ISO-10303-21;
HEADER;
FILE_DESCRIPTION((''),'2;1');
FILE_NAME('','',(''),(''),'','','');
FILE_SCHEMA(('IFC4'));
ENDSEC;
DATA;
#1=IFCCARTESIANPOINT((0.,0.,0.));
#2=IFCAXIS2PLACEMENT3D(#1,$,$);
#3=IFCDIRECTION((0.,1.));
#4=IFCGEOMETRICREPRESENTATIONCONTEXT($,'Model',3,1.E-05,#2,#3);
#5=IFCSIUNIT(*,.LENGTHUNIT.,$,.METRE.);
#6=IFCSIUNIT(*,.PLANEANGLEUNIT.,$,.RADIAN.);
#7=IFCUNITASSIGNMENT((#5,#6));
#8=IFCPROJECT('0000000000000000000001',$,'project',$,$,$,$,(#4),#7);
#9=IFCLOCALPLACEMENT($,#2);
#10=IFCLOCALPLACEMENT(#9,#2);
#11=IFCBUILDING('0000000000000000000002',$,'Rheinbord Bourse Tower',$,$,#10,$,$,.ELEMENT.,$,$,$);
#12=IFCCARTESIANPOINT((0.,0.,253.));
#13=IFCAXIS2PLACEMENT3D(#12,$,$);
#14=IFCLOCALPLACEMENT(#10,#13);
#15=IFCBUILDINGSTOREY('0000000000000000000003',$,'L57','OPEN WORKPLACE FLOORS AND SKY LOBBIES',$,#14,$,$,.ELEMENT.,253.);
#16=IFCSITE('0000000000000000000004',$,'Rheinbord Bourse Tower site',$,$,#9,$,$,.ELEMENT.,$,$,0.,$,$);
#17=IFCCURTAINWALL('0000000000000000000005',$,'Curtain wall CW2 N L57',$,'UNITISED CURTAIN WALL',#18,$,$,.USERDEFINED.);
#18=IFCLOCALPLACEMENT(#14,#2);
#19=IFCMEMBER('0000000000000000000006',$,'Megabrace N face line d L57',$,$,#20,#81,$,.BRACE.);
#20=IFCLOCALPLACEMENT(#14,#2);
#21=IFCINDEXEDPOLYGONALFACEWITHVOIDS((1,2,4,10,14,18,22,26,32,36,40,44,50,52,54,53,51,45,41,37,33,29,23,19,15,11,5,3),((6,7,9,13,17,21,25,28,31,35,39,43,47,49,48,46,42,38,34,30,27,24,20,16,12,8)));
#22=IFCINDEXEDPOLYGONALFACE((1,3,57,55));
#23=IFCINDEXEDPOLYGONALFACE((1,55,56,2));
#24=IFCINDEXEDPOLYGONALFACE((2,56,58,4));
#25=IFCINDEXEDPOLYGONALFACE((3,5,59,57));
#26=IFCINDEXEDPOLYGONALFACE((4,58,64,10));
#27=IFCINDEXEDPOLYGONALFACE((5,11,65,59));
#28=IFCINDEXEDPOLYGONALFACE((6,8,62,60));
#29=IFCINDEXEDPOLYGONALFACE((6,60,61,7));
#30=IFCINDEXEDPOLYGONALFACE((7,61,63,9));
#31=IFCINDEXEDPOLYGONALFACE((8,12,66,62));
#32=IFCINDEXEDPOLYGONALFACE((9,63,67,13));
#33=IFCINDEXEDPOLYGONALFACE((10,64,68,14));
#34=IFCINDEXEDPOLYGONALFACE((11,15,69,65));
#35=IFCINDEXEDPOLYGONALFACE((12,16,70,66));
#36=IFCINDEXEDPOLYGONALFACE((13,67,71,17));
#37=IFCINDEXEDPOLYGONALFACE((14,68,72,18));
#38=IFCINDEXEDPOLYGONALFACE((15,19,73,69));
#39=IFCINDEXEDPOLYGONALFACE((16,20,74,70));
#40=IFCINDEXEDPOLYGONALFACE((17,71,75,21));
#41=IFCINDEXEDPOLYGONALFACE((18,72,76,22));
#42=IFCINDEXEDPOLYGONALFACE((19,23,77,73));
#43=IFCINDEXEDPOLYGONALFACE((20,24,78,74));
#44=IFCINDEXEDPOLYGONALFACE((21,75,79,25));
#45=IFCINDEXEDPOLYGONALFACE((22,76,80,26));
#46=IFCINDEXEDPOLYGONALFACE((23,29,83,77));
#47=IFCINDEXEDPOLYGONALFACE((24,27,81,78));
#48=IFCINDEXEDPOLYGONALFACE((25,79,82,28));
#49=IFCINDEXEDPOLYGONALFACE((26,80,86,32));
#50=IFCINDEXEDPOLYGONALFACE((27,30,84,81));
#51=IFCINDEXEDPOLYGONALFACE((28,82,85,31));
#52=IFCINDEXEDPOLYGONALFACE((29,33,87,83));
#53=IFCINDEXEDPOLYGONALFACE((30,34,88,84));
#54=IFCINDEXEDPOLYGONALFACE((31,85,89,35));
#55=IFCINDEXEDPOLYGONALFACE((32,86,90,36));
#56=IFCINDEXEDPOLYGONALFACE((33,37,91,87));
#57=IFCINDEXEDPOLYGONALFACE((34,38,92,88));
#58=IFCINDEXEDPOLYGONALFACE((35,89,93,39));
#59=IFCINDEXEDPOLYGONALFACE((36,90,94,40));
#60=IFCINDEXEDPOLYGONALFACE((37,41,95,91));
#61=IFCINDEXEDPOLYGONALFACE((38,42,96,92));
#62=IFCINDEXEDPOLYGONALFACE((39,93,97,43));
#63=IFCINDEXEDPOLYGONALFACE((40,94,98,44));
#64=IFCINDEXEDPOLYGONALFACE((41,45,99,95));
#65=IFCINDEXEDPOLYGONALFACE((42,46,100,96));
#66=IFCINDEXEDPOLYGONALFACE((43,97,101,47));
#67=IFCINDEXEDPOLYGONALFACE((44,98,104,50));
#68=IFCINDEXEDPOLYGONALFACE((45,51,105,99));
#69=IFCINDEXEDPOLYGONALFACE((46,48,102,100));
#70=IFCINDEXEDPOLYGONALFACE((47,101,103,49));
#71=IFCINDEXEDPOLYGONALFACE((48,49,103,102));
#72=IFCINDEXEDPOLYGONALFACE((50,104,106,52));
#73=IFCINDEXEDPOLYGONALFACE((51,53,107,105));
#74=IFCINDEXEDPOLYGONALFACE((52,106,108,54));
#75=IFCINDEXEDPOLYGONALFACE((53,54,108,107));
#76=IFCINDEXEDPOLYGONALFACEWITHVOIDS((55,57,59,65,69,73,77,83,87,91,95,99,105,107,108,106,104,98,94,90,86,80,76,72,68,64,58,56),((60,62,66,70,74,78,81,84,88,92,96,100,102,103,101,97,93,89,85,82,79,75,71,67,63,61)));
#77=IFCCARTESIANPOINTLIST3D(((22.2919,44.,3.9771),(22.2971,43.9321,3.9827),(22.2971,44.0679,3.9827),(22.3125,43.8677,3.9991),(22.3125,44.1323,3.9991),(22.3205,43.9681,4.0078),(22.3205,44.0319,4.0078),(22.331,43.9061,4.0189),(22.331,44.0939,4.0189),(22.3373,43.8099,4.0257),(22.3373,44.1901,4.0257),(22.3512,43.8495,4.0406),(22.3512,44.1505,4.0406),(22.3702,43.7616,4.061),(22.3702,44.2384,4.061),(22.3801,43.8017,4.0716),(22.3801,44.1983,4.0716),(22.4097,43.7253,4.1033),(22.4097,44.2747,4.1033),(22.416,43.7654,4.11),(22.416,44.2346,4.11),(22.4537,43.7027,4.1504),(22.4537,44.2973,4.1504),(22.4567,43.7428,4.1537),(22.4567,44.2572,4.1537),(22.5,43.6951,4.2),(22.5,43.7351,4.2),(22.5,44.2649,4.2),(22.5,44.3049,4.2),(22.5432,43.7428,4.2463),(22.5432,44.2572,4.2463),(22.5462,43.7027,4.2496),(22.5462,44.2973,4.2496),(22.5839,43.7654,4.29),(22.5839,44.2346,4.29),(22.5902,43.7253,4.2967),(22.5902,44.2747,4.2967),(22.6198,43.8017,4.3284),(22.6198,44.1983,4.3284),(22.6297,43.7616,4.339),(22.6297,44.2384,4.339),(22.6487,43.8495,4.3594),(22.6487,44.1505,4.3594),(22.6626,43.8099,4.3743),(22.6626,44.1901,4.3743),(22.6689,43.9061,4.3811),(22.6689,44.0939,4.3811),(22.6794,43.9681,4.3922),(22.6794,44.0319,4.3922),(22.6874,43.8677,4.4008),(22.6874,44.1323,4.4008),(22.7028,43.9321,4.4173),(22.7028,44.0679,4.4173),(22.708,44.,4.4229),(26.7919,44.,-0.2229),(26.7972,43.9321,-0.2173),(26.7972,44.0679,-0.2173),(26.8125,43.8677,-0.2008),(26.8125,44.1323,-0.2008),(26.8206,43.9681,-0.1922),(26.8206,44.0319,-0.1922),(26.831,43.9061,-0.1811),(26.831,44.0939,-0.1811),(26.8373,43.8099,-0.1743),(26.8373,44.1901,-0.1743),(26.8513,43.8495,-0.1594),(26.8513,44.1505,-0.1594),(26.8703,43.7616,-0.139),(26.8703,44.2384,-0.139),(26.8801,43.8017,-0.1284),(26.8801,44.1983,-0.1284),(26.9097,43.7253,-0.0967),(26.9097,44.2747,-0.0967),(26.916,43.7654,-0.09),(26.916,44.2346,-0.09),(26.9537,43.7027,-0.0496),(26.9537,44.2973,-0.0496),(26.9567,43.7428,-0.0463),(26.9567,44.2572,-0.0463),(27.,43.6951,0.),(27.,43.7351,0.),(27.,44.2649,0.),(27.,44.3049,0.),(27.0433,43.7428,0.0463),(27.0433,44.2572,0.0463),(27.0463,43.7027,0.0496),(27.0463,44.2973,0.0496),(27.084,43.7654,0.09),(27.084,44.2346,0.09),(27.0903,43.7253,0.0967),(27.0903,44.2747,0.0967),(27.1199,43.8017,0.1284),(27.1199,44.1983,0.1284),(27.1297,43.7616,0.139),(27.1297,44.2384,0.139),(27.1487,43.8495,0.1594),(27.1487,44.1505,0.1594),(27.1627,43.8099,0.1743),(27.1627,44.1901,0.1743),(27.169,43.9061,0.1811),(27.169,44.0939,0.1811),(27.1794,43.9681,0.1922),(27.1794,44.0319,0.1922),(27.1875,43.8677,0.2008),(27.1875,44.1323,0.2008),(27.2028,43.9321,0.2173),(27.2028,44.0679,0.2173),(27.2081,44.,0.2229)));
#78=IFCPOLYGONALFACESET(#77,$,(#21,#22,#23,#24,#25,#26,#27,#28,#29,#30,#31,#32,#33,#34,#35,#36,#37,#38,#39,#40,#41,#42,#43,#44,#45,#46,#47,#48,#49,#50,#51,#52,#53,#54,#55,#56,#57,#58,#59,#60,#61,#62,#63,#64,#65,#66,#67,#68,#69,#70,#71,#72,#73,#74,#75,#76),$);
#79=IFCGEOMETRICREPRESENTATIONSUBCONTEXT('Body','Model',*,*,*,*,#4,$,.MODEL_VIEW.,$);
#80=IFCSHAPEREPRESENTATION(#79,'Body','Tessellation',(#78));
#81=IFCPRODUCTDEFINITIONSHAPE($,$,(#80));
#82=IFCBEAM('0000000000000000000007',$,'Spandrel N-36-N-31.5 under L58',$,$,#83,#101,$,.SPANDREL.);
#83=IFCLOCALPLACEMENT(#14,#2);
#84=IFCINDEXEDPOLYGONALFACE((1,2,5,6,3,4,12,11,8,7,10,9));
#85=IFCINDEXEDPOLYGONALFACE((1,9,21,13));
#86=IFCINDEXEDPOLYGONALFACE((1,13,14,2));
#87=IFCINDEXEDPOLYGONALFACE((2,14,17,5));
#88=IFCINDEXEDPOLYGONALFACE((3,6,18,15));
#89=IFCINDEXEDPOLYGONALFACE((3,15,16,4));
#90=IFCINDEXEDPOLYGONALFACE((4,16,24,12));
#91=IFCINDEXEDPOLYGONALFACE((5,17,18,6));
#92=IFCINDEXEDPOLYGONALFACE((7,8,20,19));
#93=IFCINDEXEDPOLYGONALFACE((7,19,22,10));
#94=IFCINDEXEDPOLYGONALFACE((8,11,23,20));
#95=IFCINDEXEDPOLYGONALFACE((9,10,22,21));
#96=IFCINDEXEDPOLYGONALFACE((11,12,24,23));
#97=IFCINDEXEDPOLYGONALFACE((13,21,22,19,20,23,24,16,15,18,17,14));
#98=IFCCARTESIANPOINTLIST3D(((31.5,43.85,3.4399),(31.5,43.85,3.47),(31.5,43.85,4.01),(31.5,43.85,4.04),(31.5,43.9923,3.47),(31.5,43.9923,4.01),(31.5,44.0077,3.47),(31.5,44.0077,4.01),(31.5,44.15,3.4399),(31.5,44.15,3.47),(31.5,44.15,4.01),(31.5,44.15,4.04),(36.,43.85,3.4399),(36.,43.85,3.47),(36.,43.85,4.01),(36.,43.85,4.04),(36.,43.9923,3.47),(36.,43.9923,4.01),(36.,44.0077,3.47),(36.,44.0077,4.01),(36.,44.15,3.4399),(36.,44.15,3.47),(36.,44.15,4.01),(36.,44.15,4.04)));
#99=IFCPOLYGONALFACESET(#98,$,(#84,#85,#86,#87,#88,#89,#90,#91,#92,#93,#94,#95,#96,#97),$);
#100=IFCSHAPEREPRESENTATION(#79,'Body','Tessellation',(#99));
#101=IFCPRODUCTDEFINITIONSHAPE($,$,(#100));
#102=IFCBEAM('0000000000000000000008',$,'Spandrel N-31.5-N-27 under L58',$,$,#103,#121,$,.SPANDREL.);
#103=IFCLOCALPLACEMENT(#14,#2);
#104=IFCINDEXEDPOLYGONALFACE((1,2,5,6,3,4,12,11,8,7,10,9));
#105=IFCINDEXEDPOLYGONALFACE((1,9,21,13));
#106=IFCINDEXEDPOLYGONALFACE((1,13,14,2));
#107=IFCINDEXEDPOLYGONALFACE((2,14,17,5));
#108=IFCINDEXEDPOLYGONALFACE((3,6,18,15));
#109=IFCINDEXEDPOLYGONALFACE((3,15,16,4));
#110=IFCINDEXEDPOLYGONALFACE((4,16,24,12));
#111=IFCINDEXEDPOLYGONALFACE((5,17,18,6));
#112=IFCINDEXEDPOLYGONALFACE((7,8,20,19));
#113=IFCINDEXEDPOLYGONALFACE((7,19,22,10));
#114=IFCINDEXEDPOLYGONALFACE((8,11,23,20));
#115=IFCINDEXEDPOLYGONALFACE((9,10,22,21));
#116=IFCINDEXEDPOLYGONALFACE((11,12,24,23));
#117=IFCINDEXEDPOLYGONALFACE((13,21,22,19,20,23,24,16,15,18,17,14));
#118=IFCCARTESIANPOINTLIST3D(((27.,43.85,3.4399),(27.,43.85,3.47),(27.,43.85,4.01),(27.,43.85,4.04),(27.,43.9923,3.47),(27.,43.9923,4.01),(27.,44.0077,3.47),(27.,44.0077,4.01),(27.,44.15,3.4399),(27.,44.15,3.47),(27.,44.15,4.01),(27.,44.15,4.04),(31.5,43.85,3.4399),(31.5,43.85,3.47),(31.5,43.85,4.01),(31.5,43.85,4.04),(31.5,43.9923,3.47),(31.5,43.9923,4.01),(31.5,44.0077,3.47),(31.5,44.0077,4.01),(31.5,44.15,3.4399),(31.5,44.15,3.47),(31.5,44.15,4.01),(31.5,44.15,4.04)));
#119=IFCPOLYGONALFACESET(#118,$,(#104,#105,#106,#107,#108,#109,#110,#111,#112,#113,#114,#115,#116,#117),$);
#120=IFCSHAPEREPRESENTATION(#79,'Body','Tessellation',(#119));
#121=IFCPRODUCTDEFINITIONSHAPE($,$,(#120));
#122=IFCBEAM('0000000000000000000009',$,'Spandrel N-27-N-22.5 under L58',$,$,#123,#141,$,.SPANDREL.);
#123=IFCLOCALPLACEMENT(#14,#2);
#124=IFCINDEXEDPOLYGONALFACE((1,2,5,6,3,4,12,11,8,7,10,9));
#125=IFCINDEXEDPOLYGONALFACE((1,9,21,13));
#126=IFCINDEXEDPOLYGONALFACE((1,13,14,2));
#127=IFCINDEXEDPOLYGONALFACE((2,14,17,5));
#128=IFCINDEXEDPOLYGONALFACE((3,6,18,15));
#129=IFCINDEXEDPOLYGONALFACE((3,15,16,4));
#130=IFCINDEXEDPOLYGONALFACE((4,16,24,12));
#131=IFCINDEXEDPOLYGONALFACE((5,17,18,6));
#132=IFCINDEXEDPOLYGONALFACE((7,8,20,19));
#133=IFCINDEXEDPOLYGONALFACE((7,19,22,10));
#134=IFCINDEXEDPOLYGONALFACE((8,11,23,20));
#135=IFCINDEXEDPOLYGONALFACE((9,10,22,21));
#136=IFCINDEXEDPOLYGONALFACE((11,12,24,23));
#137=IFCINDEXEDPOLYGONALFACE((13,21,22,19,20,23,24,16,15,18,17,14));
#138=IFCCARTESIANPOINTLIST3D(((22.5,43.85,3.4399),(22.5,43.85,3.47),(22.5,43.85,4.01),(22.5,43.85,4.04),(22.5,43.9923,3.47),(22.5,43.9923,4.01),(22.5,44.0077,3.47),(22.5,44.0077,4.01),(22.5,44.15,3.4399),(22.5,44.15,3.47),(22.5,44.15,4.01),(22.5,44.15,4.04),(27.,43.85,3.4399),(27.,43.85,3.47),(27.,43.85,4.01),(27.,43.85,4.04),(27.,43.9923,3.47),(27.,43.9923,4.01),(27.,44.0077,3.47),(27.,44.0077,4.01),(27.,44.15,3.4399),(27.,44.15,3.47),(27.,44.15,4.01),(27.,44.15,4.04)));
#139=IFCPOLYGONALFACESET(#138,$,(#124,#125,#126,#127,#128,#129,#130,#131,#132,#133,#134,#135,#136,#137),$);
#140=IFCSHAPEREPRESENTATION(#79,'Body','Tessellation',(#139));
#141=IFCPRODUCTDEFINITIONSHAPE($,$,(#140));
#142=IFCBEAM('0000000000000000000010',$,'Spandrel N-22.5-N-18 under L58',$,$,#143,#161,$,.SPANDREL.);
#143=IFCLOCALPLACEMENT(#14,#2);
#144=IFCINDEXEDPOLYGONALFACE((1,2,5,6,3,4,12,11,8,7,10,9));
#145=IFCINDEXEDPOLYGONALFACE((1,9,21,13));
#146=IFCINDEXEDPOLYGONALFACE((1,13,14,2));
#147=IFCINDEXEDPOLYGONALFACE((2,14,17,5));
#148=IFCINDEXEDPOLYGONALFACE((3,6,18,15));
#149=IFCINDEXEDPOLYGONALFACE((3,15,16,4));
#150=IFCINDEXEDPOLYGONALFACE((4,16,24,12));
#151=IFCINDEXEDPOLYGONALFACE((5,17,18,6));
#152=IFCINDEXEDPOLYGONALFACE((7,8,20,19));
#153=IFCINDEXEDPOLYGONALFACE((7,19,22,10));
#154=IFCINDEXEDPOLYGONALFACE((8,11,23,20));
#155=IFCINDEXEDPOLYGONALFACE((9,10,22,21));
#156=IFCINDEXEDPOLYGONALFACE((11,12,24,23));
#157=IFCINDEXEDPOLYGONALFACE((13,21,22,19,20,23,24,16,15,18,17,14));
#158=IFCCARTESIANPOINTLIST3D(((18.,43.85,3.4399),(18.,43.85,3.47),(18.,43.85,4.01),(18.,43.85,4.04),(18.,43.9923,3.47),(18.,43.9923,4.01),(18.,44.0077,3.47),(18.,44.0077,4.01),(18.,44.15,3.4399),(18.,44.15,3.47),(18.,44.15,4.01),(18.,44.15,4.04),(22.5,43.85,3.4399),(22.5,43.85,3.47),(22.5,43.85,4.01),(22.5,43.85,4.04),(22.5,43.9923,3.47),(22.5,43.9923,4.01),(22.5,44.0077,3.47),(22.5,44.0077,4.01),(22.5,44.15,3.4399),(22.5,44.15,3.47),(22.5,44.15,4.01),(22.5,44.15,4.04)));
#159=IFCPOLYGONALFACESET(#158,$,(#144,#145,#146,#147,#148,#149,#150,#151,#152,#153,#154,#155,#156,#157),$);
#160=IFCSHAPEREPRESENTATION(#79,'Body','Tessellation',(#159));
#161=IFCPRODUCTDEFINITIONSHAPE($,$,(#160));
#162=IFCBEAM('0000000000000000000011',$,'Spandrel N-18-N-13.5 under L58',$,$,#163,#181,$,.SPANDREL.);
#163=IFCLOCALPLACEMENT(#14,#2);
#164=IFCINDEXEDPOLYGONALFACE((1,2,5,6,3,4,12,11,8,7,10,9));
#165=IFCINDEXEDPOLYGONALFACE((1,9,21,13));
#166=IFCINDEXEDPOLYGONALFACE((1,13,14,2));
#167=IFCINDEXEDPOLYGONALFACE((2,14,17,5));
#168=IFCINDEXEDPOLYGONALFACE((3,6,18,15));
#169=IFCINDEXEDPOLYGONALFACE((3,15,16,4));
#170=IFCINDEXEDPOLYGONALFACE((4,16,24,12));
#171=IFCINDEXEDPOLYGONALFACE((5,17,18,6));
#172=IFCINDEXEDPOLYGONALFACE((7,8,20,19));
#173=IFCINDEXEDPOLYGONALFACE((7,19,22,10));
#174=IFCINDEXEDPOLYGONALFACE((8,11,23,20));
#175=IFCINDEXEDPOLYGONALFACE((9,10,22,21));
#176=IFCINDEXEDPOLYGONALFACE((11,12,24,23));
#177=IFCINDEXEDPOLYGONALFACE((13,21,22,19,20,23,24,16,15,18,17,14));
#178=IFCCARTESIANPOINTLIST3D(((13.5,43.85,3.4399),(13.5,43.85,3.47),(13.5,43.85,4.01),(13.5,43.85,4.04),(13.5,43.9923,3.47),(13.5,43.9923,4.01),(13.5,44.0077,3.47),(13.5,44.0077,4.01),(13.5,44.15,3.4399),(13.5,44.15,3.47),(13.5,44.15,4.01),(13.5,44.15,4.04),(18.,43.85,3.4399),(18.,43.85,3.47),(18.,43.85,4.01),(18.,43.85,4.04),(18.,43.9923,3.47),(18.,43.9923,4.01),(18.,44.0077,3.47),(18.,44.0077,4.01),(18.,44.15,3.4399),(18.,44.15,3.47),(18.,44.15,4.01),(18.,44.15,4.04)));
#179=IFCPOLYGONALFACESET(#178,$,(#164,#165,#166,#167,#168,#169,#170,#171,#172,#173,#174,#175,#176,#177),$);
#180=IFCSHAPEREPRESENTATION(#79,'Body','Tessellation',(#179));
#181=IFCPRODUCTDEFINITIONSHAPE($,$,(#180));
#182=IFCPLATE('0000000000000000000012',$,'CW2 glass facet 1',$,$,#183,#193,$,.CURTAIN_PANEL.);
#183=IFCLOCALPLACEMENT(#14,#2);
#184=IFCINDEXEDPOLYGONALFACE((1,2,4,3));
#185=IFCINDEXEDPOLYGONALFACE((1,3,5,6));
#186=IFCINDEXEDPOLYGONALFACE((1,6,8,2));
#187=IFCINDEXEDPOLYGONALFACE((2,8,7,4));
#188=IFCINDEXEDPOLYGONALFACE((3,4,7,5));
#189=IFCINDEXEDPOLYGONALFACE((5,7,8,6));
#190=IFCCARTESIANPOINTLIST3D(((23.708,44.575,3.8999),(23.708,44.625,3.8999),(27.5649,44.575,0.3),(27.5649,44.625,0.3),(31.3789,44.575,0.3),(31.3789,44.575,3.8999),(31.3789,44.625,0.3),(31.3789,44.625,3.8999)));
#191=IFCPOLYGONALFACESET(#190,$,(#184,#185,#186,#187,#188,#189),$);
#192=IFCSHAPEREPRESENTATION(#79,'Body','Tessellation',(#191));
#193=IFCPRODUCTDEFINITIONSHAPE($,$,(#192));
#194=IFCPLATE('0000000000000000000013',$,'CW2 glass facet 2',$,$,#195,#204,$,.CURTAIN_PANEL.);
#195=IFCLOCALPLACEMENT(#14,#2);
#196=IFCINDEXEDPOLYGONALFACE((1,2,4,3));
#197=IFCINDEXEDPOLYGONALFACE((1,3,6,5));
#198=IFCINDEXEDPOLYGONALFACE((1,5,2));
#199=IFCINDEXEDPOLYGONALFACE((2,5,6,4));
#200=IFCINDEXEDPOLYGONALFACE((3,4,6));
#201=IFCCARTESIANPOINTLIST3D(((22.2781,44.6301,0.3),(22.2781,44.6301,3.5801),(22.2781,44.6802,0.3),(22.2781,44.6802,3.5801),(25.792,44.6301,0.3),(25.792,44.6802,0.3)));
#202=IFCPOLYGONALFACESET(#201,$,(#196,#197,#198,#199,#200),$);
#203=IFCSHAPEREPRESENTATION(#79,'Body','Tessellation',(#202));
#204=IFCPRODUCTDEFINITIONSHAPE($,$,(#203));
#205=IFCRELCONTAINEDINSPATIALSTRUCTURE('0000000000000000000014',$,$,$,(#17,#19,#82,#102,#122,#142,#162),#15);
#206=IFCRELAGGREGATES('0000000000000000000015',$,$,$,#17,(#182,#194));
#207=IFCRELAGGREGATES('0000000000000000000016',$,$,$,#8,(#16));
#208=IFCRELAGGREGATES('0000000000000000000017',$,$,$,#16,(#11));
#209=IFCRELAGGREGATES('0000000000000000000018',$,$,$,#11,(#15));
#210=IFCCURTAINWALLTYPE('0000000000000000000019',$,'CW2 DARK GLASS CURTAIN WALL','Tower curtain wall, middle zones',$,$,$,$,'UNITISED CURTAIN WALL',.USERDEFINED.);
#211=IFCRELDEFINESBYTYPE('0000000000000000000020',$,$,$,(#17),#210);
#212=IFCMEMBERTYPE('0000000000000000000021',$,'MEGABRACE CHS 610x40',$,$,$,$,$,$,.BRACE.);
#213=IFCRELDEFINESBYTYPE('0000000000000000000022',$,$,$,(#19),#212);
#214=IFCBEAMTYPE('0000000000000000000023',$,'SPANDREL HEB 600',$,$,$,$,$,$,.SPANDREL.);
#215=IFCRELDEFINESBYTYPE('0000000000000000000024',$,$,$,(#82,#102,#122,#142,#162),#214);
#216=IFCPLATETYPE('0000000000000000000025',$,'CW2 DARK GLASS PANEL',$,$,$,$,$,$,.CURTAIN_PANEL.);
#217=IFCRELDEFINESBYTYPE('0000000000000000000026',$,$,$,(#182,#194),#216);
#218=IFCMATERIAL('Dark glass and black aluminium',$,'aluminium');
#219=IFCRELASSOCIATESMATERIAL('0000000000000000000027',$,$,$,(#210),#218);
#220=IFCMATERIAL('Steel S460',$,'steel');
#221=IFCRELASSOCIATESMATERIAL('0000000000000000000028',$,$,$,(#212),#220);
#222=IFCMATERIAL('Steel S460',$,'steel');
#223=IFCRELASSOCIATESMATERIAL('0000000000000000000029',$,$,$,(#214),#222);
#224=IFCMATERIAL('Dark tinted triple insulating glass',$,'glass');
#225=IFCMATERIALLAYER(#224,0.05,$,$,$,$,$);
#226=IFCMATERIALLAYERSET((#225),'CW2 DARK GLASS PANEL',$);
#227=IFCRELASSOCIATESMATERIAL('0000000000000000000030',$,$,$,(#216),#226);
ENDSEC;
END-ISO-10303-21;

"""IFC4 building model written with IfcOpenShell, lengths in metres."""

from ifc_helpers import new_model, si_unit, direction, frame, origin, origin_2d, place, context, subcontext, project, spatial, polyline, hollow_circle, i_section, outline, extrude, material, layer, layer_set, material_profile, profile_set, type_object, element, aggregate, save


model = new_model("IFC4")

# Units and contexts
model_context = context("Model", 3, precision=1e-05, world=origin(), true_north=direction((0.0, 1.0)))
body_context = subcontext(model_context, "Body", "Model", "MODEL_VIEW")
ifc_project = project(units=[si_unit("LENGTHUNIT", "METRE"), si_unit("PLANEANGLEUNIT", "RADIAN")], contexts=[model_context])

# Site, building, storey
site_placement = place(None, origin())
site = spatial("IfcSite", under=ifc_project, at=site_placement, Name="Rheinbord Bourse Tower site", CompositionType="ELEMENT", RefElevation=0.0)
building_placement = place(site_placement, origin())
building = spatial("IfcBuilding", under=site, at=building_placement, Name="Rheinbord Bourse Tower", CompositionType="ELEMENT")
storey_placement = place(building_placement, frame((0.0, 0.0, 253.0)))
storey = spatial("IfcBuildingStorey", under=building, at=storey_placement, Name="L57", Description="OPEN WORKPLACE FLOORS AND SKY LOBBIES", CompositionType="ELEMENT", Elevation=253.0)

# Curtain wall
ifc_material_1 = material(Name="Dark glass and black aluminium", Category="aluminium")
curtain_wall_type = type_object("IfcCurtainWallType", Name="CW2 DARK GLASS CURTAIN WALL", Description="Tower curtain wall, middle zones", ElementType="UNITISED CURTAIN WALL", PredefinedType="USERDEFINED", material=ifc_material_1)
curtain_wall_placement = place(storey_placement, origin())
curtain_wall = element("IfcCurtainWall", 1, at=curtain_wall_placement, inside=storey, type_object=curtain_wall_type, Name="Curtain wall CW2 N L57", ObjectType="UNITISED CURTAIN WALL", PredefinedType="USERDEFINED")

# Member
ifc_material_2 = material(Name="Steel S460", Category="steel")
ifc_material_profile_1 = material_profile(ifc_material_2, hollow_circle(Radius=0.3049, WallThickness=0.04, at=origin_2d()), Name="CHS 610x40")
ifc_profile_set_1 = profile_set([ifc_material_profile_1], Name="Steel S460")
member_type_1 = type_object("IfcMemberType", Name="MEGABRACE CHS 610x40", PredefinedType="BRACE", material=ifc_profile_set_1)
member_1_placement = place(storey_placement, frame((27.0, 44.0, 0.0), z_axis=(-0.731059, 0.0, 0.682314), x_axis=(0.0, -1.0, 0.0)))
element("IfcMember", 2, at=member_1_placement, inside=storey, type_object=member_type_1, Name="Megabrace N face line d L57", PredefinedType="BRACE", context=body_context, shape_type="SweptSolid", body=[
    extrude(hollow_circle(Radius=0.3049, WallThickness=0.04, at=origin_2d()), origin(), (0.0, 0.0, 1.0), 6.1555),
])

# Beams
ifc_material_3 = material(Name="Steel S460", Category="steel")
ifc_material_profile_2 = material_profile(ifc_material_3, i_section(OverallWidth=0.3, OverallDepth=0.6001, WebThickness=0.0154, FlangeThickness=0.03, at=origin_2d()), Name="HEB 600")
ifc_profile_set_2 = profile_set([ifc_material_profile_2], Name="Steel S460")
beam_type_1 = type_object("IfcBeamType", Name="SPANDREL HEB 600", PredefinedType="SPANDREL", material=ifc_profile_set_2)
for number, where, z_axis, x_axis, name in (
    (3, (36.0, 44.0, 3.74), (-1.0, 0.0, 0.0), (0.0, -1.0, 0.0), "Spandrel N-36-N-31.5 under L58"),
    (4, (31.5, 44.0, 3.74), (-1.0, 0.0, 0.0), (0.0, -1.0, 0.0), "Spandrel N-31.5-N-27 under L58"),
    (5, (27.0, 44.0, 3.74), (-1.0, 0.0, 0.0), (0.0, -1.0, 0.0), "Spandrel N-27-N-22.5 under L58"),
    (6, (22.5, 44.0, 3.74), (-1.0, 0.0, 0.0), (0.0, -1.0, 0.0), "Spandrel N-22.5-N-18 under L58"),
    (7, (18.0, 44.0, 3.74), (-1.0, 0.0, 0.0), (0.0, -1.0, 0.0), "Spandrel N-18-N-13.5 under L58"),
):
    element("IfcBeam", number, at=place(storey_placement, frame(where, z_axis=z_axis, x_axis=x_axis)), inside=storey, type_object=beam_type_1, Name=name, PredefinedType="SPANDREL", context=body_context, shape_type="SweptSolid", body=[
        extrude(i_section(OverallWidth=0.3, OverallDepth=0.6001, WebThickness=0.0154, FlangeThickness=0.03, at=origin_2d()), origin(), (0.0, 0.0, 1.0), 4.5),
    ])

# Plates
ifc_material_4 = material(Name="Dark tinted triple insulating glass", Category="glass")
ifc_layer = layer(ifc_material_4, 0.05)
ifc_layer_set = layer_set([ifc_layer], Name="CW2 DARK GLASS PANEL")
plate_type = type_object("IfcPlateType", Name="CW2 DARK GLASS PANEL", PredefinedType="CURTAIN_PANEL", material=ifc_layer_set)
plate_1_placement = place(storey_placement, frame((31.3789, 44.625, 0.3), z_axis=(0.0, -1.0, 0.0), x_axis=(0.0, 0.0, 1.0)))
plate_1 = element("IfcPlate", 8, at=plate_1_placement, type_object=plate_type, Name="CW2 glass facet 1", PredefinedType="CURTAIN_PANEL", context=body_context, shape_type="SweptSolid", body=[
    extrude(outline(polyline([(0.0, 0.0), (3.5999, 0.0), (3.5999, 7.6709), (0.0, 3.814), (0.0, 0.0)])), origin(), (0.0, 0.0, 1.0), 0.05),
])
plate_2_placement = place(storey_placement, frame((22.2781, 44.6802, 0.3), z_axis=(0.0, -1.0, 0.0), x_axis=(1.0, 0.0, 0.0)))
plate_2 = element("IfcPlate", 9, at=plate_2_placement, type_object=plate_type, Name="CW2 glass facet 2", PredefinedType="CURTAIN_PANEL", context=body_context, shape_type="SweptSolid", body=[
    extrude(outline(polyline([(0.0, 0.0), (3.5139, 0.0), (0.0, 3.28), (0.0, 0.0)])), origin(), (0.0, 0.0, 1.0), 0.05),
])
aggregate(curtain_wall, [plate_1, plate_2])

save(model, "model.ifc")
